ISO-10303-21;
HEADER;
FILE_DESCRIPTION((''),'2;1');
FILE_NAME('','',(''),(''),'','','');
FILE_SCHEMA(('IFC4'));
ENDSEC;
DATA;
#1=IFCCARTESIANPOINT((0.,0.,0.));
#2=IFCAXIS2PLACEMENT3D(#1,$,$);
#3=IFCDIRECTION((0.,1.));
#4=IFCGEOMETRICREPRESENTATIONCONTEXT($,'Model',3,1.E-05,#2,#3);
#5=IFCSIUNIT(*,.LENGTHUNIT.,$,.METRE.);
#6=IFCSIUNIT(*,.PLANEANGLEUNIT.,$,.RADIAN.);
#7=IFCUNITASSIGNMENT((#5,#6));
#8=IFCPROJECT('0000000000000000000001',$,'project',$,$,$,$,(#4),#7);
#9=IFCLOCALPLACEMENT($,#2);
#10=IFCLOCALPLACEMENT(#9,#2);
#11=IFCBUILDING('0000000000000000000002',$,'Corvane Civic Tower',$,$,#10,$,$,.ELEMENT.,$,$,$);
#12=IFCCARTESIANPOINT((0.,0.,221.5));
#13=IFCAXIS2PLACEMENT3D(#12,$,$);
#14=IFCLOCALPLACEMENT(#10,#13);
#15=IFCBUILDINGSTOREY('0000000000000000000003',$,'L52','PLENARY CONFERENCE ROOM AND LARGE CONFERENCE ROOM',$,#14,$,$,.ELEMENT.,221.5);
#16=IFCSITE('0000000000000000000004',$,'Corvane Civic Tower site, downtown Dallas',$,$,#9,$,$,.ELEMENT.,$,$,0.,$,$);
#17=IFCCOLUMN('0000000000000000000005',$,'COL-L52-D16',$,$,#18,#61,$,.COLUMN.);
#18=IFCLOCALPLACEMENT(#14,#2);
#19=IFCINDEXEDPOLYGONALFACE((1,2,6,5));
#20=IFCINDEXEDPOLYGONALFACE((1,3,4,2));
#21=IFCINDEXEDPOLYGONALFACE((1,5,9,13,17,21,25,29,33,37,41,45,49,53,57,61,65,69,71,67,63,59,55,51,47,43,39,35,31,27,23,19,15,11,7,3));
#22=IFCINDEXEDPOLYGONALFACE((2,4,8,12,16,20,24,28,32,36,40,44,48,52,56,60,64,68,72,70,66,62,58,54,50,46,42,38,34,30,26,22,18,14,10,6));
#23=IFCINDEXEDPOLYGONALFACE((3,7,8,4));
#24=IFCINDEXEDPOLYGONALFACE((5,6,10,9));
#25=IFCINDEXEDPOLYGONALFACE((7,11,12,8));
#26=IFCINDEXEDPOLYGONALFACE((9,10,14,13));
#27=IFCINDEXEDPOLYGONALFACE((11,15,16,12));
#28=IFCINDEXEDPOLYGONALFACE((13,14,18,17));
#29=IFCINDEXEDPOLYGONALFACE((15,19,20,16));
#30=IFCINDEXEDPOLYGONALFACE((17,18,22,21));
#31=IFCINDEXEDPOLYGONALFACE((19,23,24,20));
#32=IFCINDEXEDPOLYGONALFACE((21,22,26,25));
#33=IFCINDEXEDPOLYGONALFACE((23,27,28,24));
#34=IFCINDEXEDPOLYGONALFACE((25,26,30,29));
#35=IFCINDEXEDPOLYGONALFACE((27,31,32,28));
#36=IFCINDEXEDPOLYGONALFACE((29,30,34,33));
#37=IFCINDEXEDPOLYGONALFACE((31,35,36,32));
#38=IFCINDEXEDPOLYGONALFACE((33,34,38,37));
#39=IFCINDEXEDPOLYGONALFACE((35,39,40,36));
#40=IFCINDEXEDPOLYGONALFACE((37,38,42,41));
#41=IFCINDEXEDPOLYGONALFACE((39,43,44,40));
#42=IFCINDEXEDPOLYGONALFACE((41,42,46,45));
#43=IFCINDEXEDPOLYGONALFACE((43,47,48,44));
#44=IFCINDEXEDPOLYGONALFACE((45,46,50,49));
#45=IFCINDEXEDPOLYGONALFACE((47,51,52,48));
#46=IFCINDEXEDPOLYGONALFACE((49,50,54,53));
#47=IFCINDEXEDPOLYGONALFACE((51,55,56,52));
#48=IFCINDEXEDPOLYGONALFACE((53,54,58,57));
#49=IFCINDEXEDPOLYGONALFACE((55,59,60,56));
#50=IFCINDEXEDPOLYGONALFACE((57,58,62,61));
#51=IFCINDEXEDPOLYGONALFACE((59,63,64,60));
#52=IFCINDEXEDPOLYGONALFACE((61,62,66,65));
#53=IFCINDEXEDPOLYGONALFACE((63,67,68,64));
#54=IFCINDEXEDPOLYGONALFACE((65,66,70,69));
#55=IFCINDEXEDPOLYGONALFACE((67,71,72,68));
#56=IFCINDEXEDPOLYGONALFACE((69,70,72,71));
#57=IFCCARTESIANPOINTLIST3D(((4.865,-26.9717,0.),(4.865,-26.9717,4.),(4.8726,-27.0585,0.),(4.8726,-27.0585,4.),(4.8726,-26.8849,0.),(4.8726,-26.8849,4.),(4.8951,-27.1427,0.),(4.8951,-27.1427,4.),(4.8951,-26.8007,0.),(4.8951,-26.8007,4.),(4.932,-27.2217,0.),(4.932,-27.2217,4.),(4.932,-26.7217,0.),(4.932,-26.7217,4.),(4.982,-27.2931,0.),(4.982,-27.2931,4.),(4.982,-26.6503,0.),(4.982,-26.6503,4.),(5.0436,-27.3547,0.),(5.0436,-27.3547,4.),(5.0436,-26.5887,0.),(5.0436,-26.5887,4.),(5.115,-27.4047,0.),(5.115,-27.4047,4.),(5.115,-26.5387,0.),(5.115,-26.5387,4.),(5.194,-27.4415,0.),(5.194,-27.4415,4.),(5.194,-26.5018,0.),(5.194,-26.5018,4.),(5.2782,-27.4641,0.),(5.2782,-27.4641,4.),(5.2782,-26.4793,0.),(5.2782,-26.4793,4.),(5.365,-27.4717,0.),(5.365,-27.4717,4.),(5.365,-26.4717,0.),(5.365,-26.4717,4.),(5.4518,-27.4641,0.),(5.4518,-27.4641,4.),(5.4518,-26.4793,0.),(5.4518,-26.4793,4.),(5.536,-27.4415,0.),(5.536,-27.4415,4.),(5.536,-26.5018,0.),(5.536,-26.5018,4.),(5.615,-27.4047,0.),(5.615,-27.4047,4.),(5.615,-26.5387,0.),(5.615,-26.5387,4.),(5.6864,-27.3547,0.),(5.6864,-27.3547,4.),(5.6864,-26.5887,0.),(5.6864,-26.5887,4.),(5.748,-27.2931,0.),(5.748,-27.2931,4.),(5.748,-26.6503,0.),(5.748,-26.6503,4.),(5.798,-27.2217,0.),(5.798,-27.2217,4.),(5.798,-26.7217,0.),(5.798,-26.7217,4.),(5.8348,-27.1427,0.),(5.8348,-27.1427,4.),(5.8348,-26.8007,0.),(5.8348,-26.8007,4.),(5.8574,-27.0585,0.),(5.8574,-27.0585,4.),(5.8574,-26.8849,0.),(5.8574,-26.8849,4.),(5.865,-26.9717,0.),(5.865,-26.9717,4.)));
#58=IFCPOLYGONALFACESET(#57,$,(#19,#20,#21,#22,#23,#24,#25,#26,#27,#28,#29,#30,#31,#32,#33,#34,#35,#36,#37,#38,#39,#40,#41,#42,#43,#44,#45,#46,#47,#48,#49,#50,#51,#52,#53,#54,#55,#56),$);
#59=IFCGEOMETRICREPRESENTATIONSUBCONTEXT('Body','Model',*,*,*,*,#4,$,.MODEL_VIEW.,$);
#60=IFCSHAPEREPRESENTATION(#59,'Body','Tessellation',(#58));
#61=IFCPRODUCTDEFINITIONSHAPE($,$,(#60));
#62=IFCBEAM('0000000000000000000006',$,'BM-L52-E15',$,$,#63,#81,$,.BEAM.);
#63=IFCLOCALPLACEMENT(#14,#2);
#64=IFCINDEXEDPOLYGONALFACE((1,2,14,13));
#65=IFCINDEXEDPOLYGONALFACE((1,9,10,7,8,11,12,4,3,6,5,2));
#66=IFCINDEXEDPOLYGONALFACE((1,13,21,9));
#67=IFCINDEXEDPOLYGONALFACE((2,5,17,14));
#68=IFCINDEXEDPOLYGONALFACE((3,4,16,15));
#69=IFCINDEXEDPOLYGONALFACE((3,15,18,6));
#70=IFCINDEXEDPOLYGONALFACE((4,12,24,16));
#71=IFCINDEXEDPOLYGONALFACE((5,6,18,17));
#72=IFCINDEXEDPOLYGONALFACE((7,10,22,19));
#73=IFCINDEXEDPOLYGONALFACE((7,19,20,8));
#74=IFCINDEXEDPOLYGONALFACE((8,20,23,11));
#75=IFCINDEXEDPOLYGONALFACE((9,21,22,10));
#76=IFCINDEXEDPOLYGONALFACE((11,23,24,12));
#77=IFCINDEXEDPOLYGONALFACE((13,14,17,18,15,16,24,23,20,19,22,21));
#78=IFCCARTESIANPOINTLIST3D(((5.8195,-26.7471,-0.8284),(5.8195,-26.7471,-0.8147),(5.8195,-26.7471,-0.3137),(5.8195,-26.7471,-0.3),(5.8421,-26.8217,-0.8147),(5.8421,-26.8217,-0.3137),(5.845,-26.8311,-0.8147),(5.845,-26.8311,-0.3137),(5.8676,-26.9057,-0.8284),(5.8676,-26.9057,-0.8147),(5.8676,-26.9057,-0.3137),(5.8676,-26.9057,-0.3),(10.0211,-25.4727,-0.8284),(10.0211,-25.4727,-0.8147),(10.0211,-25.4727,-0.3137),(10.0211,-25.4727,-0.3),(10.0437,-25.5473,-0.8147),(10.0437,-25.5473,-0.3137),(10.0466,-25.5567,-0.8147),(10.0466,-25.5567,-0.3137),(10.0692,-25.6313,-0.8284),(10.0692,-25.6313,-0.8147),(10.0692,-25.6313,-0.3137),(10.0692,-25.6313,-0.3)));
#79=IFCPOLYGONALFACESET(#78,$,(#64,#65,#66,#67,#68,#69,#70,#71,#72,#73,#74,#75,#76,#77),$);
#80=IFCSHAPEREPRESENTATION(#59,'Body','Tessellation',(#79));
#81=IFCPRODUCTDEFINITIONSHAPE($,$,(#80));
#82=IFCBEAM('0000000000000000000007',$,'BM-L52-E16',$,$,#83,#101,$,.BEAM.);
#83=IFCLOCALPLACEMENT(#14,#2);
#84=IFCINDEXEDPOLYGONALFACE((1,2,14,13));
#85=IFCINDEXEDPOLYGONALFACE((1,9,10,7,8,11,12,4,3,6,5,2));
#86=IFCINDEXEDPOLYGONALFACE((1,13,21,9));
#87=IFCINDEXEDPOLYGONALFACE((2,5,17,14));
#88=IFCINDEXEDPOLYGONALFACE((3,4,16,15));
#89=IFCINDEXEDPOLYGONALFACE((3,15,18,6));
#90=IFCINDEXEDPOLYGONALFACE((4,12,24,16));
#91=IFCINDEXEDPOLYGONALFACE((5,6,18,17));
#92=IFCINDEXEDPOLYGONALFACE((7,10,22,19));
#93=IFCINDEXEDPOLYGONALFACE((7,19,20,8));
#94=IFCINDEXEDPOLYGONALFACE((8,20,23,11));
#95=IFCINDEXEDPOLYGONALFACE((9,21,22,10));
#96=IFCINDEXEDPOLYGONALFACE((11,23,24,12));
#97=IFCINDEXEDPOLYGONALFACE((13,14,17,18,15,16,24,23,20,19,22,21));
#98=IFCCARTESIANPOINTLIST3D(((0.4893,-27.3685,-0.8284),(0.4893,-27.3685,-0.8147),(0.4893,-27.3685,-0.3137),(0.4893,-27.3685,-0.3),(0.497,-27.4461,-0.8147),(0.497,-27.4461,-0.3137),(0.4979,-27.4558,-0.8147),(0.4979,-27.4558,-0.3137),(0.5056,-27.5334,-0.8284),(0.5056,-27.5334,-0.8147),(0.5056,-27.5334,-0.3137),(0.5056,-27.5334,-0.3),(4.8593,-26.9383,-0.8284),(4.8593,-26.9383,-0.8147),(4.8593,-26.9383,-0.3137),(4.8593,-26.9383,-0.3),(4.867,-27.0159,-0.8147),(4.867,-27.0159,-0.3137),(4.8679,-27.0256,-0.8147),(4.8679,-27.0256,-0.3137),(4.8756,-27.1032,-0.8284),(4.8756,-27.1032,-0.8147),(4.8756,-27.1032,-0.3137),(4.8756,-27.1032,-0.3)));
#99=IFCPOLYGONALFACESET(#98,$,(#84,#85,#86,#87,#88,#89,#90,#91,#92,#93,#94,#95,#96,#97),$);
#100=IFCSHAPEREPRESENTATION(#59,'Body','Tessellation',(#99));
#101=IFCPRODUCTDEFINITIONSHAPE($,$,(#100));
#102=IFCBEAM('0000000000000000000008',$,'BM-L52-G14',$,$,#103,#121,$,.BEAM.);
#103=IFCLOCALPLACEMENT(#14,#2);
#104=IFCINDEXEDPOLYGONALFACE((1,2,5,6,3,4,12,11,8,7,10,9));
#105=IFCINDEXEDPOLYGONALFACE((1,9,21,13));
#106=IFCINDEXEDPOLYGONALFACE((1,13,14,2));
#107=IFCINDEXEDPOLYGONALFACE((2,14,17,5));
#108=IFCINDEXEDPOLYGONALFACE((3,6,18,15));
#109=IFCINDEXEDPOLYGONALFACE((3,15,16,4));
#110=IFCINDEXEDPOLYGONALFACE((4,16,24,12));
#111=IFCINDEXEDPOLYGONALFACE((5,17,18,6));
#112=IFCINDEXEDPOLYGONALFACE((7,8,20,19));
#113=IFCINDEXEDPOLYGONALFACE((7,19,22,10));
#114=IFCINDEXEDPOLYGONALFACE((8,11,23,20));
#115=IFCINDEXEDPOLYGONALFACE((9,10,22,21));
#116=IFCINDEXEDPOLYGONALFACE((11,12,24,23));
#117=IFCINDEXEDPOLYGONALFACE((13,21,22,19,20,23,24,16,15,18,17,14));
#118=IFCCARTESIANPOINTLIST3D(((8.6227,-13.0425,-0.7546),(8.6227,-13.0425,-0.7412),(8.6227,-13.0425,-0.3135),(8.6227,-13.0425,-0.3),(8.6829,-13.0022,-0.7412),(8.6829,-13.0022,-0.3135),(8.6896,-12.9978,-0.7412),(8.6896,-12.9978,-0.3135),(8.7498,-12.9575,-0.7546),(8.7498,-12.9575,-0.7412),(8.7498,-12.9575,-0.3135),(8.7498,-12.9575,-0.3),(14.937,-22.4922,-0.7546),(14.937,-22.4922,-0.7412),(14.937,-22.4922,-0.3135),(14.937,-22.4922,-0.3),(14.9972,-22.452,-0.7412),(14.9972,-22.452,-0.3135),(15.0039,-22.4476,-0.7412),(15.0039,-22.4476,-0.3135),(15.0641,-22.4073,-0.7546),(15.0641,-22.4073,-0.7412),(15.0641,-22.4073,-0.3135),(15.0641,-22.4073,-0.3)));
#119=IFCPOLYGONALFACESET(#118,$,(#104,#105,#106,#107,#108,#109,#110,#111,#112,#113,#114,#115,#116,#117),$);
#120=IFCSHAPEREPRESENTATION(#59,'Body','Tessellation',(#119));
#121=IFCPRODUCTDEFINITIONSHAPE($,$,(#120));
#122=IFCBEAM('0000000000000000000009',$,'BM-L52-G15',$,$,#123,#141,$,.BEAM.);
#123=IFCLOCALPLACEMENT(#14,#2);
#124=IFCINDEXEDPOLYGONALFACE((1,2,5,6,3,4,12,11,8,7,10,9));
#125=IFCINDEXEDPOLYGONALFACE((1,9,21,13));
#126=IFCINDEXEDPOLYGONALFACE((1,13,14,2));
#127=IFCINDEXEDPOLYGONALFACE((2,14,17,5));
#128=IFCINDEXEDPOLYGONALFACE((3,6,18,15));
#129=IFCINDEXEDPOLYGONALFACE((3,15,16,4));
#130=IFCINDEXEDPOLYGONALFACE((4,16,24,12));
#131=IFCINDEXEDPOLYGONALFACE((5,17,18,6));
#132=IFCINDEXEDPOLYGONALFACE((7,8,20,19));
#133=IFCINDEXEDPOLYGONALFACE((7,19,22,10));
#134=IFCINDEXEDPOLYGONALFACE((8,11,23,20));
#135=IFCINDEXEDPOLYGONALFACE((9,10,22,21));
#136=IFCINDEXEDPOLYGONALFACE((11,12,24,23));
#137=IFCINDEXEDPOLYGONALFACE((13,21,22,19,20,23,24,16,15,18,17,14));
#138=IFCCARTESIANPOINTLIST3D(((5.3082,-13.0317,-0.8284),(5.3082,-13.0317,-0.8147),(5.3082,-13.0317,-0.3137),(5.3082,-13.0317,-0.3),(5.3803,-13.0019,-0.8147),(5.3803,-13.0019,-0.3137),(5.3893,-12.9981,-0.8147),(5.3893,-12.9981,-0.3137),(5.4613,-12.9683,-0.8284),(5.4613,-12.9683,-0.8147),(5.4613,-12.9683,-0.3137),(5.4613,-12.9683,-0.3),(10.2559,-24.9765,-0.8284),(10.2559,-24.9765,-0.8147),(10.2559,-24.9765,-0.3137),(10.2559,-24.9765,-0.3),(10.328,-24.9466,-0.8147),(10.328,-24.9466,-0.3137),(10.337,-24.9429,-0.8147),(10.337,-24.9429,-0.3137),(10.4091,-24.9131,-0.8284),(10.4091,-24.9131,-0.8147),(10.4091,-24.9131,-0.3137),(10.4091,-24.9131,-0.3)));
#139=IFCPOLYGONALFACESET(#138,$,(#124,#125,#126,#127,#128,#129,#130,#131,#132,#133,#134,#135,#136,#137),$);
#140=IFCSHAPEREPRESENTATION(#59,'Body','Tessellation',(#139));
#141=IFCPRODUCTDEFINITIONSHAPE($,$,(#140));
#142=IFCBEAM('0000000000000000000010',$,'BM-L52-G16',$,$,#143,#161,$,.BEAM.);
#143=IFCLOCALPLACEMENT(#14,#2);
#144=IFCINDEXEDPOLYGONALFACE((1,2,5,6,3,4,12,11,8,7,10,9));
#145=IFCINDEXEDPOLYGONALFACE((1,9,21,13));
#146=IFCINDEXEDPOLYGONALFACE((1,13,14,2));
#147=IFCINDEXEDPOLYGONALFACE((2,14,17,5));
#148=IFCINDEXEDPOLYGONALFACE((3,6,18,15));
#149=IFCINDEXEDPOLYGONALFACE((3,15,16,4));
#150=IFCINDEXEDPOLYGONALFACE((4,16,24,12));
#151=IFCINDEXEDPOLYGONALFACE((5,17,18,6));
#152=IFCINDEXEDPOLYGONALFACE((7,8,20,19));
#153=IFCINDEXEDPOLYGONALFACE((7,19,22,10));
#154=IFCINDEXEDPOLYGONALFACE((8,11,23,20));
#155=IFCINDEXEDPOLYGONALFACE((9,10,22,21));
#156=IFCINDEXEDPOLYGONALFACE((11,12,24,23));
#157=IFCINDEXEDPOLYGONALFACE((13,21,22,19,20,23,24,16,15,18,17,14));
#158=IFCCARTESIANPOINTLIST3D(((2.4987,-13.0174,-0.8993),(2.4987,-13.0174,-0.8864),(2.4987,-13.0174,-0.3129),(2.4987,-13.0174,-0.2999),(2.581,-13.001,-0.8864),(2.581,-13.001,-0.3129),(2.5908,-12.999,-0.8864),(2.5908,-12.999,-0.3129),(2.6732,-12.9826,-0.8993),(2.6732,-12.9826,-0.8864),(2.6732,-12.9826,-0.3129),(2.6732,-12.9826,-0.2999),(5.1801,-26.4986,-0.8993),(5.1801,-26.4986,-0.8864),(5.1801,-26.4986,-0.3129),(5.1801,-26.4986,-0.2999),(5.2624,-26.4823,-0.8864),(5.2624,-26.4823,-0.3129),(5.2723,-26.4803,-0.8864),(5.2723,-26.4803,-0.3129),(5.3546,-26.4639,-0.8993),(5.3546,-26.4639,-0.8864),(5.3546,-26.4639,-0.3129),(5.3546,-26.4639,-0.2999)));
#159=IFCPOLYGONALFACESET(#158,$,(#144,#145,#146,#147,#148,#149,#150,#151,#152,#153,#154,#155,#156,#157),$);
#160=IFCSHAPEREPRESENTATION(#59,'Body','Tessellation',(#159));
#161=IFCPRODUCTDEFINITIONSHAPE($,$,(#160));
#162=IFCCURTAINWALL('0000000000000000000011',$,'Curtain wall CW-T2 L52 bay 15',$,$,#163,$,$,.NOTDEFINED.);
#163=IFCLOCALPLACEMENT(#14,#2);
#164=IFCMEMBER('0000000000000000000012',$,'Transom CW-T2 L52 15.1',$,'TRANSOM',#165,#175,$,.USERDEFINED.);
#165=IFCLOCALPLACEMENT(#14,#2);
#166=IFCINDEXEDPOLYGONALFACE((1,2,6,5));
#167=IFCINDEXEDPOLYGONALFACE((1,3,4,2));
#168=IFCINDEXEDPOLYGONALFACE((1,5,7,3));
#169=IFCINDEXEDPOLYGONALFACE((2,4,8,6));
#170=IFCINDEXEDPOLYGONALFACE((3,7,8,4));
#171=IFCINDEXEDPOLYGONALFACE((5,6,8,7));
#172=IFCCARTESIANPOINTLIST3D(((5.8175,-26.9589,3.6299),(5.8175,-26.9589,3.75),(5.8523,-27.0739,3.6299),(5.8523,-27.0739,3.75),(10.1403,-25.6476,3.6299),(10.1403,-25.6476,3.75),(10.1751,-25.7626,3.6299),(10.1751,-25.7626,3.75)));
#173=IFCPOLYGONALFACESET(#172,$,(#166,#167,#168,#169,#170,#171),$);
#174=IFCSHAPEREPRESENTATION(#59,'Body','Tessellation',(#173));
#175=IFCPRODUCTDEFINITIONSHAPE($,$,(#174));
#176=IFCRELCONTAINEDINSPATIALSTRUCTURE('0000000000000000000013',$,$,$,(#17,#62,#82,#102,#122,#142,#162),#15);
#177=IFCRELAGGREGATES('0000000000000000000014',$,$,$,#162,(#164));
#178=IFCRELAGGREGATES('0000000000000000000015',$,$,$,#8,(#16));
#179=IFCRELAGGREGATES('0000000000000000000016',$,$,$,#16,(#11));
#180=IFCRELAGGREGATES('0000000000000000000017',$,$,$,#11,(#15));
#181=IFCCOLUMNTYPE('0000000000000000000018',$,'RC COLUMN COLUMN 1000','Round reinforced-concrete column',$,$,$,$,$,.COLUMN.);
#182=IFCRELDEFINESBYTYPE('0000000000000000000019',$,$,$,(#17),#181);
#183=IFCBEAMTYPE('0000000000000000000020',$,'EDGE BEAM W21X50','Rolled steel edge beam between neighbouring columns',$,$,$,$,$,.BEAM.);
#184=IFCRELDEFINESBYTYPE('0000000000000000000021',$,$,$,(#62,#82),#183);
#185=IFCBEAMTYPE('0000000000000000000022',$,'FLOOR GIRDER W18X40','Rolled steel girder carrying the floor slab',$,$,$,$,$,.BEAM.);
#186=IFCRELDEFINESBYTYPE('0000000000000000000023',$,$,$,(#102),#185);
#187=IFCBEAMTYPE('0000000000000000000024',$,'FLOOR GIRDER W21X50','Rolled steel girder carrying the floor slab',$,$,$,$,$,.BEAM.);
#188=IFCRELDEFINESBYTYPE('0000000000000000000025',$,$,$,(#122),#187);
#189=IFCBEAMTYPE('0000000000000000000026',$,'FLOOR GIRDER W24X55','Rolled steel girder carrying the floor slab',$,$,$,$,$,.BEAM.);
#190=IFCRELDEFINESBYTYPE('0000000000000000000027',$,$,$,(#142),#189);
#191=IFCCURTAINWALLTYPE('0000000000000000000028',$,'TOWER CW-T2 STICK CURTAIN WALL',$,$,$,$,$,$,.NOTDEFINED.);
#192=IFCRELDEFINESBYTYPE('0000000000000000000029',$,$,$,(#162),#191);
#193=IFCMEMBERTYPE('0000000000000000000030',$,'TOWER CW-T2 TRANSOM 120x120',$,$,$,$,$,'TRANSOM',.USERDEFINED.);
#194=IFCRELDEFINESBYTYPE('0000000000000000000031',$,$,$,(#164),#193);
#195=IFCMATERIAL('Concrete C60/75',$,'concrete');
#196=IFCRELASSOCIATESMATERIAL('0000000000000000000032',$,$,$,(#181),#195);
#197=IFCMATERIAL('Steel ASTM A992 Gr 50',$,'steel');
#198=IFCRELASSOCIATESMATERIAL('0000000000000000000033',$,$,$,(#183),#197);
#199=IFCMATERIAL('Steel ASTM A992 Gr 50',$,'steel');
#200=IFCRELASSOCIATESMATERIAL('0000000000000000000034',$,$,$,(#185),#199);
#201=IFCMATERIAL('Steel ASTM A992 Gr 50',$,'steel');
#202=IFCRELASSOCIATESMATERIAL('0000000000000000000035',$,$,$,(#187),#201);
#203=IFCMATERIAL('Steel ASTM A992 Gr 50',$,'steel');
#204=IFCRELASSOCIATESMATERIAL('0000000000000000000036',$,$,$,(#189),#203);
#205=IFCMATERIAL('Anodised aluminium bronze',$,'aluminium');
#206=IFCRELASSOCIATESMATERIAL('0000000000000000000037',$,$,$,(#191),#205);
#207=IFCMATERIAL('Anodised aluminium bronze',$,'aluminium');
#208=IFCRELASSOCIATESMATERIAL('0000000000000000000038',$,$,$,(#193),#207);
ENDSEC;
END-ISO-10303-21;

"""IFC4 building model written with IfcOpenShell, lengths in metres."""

from ifc_helpers import new_model, si_unit, direction, frame, origin, origin_2d, place, context, subcontext, project, spatial, rectangle, circle, i_section, extrude, material, material_profile, profile_set, type_object, element, aggregate, save


model = new_model("IFC4")

# Units and contexts
model_context = context("Model", 3, precision=1e-05, world=origin(), true_north=direction((0.0, 1.0)))
body_context = subcontext(model_context, "Body", "Model", "MODEL_VIEW")
ifc_project = project(units=[si_unit("LENGTHUNIT", "METRE"), si_unit("PLANEANGLEUNIT", "RADIAN")], contexts=[model_context])

# Site, building, storey
site_placement = place(None, origin())
site = spatial("IfcSite", under=ifc_project, at=site_placement, Name="Corvane Civic Tower site, downtown Dallas", CompositionType="ELEMENT", RefElevation=0.0)
building_placement = place(site_placement, origin())
building = spatial("IfcBuilding", under=site, at=building_placement, Name="Corvane Civic Tower", CompositionType="ELEMENT")
storey_placement = place(building_placement, frame((0.0, 0.0, 221.5)))
storey = spatial("IfcBuildingStorey", under=building, at=storey_placement, Name="L52", Description="PLENARY CONFERENCE ROOM AND LARGE CONFERENCE ROOM", CompositionType="ELEMENT", Elevation=221.5)

# Column
ifc_material_1 = material(Name="Concrete C60/75", Category="concrete")
ifc_material_profile_1 = material_profile(ifc_material_1, circle(Radius=0.5, at=origin_2d()), Name="COLUMN 1000")
ifc_profile_set_1 = profile_set([ifc_material_profile_1], Name="Concrete C60/75")
column_type = type_object("IfcColumnType", Name="RC COLUMN COLUMN 1000", Description="Round reinforced-concrete column", PredefinedType="COLUMN", material=ifc_profile_set_1)
column_placement = place(storey_placement, frame((5.365, -26.9717, 0.0), z_axis=(0.0, 0.0, 1.0), x_axis=(1.0, 0.0, 0.0)))
element("IfcColumn", 1, at=column_placement, inside=storey, type_object=column_type, Name="COL-L52-D16", PredefinedType="COLUMN", context=body_context, shape_type="SweptSolid", body=[
    extrude(circle(Radius=0.5, at=origin_2d()), origin(), (0.0, 0.0, 1.0), 4.0),
])

# Beams
ifc_material_2 = material(Name="Steel ASTM A992 Gr 50", Category="steel")
ifc_material_profile_2 = material_profile(ifc_material_2, i_section(OverallWidth=0.1658, OverallDepth=0.5283, WebThickness=0.0098, FlangeThickness=0.0137, at=origin_2d()), Name="W21X50")
ifc_profile_set_2 = profile_set([ifc_material_profile_2], Name="Steel ASTM A992 Gr 50")
beam_type_1 = type_object("IfcBeamType", Name="EDGE BEAM W21X50", Description="Rolled steel edge beam between neighbouring columns", PredefinedType="BEAM", material=ifc_profile_set_2)
beam_1_placement = place(storey_placement, frame((10.0452, -25.552, -0.5642), z_axis=(-0.95695, -0.290254, 0.0), x_axis=(0.290254, -0.95695, 0.0)))
element("IfcBeam", 2, at=beam_1_placement, inside=storey, type_object=beam_type_1, Name="BM-L52-E15", PredefinedType="BEAM", context=body_context, shape_type="SweptSolid", body=[
    extrude(i_section(OverallWidth=0.1658, OverallDepth=0.5283, WebThickness=0.0098, FlangeThickness=0.0137, at=origin_2d()), origin(), (0.0, 0.0, 1.0), 4.3906),
])
beam_2_placement = place(storey_placement, frame((4.8674, -27.0208, -0.5642), z_axis=(-0.99519, -0.097968, 0.0), x_axis=(0.097968, -0.99519, 0.0)))
element("IfcBeam", 3, at=beam_2_placement, inside=storey, type_object=beam_type_1, Name="BM-L52-E16", PredefinedType="BEAM", context=body_context, shape_type="SweptSolid", body=[
    extrude(i_section(OverallWidth=0.1658, OverallDepth=0.5283, WebThickness=0.0098, FlangeThickness=0.0137, at=origin_2d()), origin(), (0.0, 0.0, 1.0), 4.3911),
])
ifc_material_3 = material(Name="Steel ASTM A992 Gr 50", Category="steel")
ifc_material_profile_3 = material_profile(ifc_material_3, i_section(OverallWidth=0.1528, OverallDepth=0.4546, WebThickness=0.0081, FlangeThickness=0.0134, at=origin_2d()), Name="W18X40")
ifc_profile_set_3 = profile_set([ifc_material_profile_3], Name="Steel ASTM A992 Gr 50")
beam_type_2 = type_object("IfcBeamType", Name="FLOOR GIRDER W18X40", Description="Rolled steel girder carrying the floor slab", PredefinedType="BEAM", material=ifc_profile_set_3)
beam_3_placement = place(storey_placement, frame((8.6863, -13.0, -0.5273), z_axis=(0.555577, -0.831465, 0.0), x_axis=(0.831465, 0.555577, 0.0)))
element("IfcBeam", 4, at=beam_3_placement, inside=storey, type_object=beam_type_2, Name="BM-L52-G14", PredefinedType="BEAM", context=body_context, shape_type="SweptSolid", body=[
    extrude(i_section(OverallWidth=0.1528, OverallDepth=0.4546, WebThickness=0.0081, FlangeThickness=0.0134, at=origin_2d()), origin(), (0.0, 0.0, 1.0), 11.3652),
])
ifc_material_4 = material(Name="Steel ASTM A992 Gr 50", Category="steel")
ifc_material_profile_4 = material_profile(ifc_material_4, i_section(OverallWidth=0.1658, OverallDepth=0.5283, WebThickness=0.0098, FlangeThickness=0.0137, at=origin_2d()), Name="W21X50")
ifc_profile_set_4 = profile_set([ifc_material_profile_4], Name="Steel ASTM A992 Gr 50")
beam_type_3 = type_object("IfcBeamType", Name="FLOOR GIRDER W21X50", Description="Rolled steel girder carrying the floor slab", PredefinedType="BEAM", material=ifc_profile_set_4)
beam_4_placement = place(storey_placement, frame((5.3848, -13.0, -0.5642), z_axis=(0.382686, -0.923878, 0.0), x_axis=(0.923878, 0.382686, 0.0)))
element("IfcBeam", 5, at=beam_4_placement, inside=storey, type_object=beam_type_3, Name="BM-L52-G15", PredefinedType="BEAM", context=body_context, shape_type="SweptSolid", body=[
    extrude(i_section(OverallWidth=0.1658, OverallDepth=0.5283, WebThickness=0.0098, FlangeThickness=0.0137, at=origin_2d()), origin(), (0.0, 0.0, 1.0), 12.929),
])
ifc_material_5 = material(Name="Steel ASTM A992 Gr 50", Category="steel")
ifc_material_profile_5 = material_profile(ifc_material_5, i_section(OverallWidth=0.178, OverallDepth=0.5994, WebThickness=0.01, FlangeThickness=0.0129, at=origin_2d()), Name="W24X55")
ifc_profile_set_5 = profile_set([ifc_material_profile_5], Name="Steel ASTM A992 Gr 50")
beam_type_4 = type_object("IfcBeamType", Name="FLOOR GIRDER W24X55", Description="Rolled steel girder carrying the floor slab", PredefinedType="BEAM", material=ifc_profile_set_5)
beam_5_placement = place(storey_placement, frame((2.5859, -13.0, -0.5996), z_axis=(0.195078, -0.980788, 0.0), x_axis=(0.980788, 0.195078, 0.0)))
element("IfcBeam", 6, at=beam_5_placement, inside=storey, type_object=beam_type_4, Name="BM-L52-G16", PredefinedType="BEAM", context=body_context, shape_type="SweptSolid", body=[
    extrude(i_section(OverallWidth=0.178, OverallDepth=0.5994, WebThickness=0.01, FlangeThickness=0.0129, at=origin_2d()), origin(), (0.0, 0.0, 1.0), 13.7454),
])

# Curtain wall, member
ifc_material_6 = material(Name="Anodised aluminium bronze", Category="aluminium")
curtain_wall_type = type_object("IfcCurtainWallType", Name="TOWER CW-T2 STICK CURTAIN WALL", PredefinedType="NOTDEFINED", material=ifc_material_6)
curtain_wall_1_placement = place(storey_placement, origin())
curtain_wall_1 = element("IfcCurtainWall", 7, at=curtain_wall_1_placement, inside=storey, type_object=curtain_wall_type, Name="Curtain wall CW-T2 L52 bay 15", PredefinedType="NOTDEFINED")
ifc_material_7 = material(Name="Anodised aluminium bronze", Category="aluminium")
ifc_material_profile_6 = material_profile(ifc_material_7, rectangle(XDim=0.1201, YDim=0.1201, at=origin_2d()), Name="TOWER CW-T2 TRANSOM 120x120")
ifc_profile_set_6 = profile_set([ifc_material_profile_6], Name="Anodised aluminium bronze")
member_type = type_object("IfcMemberType", Name="TOWER CW-T2 TRANSOM 120x120", ElementType="TRANSOM", PredefinedType="USERDEFINED", material=ifc_profile_set_6)
member_1_placement = place(storey_placement, frame((10.1577, -25.7051, 3.6899), z_axis=(-0.956941, -0.290282, 0.0), x_axis=(0.290282, -0.956941, 0.0)))
member_1 = element("IfcMember", 8, at=member_1_placement, type_object=member_type, Name="Transom CW-T2 L52 15.1", ObjectType="TRANSOM", PredefinedType="USERDEFINED", context=body_context, shape_type="SweptSolid", body=[
    extrude(rectangle(XDim=0.1201, YDim=0.1201, at=origin_2d()), origin(), (0.0, 0.0, 1.0), 4.5173),
])

aggregate(curtain_wall_1, [member_1])

save(model, "model.ifc")
